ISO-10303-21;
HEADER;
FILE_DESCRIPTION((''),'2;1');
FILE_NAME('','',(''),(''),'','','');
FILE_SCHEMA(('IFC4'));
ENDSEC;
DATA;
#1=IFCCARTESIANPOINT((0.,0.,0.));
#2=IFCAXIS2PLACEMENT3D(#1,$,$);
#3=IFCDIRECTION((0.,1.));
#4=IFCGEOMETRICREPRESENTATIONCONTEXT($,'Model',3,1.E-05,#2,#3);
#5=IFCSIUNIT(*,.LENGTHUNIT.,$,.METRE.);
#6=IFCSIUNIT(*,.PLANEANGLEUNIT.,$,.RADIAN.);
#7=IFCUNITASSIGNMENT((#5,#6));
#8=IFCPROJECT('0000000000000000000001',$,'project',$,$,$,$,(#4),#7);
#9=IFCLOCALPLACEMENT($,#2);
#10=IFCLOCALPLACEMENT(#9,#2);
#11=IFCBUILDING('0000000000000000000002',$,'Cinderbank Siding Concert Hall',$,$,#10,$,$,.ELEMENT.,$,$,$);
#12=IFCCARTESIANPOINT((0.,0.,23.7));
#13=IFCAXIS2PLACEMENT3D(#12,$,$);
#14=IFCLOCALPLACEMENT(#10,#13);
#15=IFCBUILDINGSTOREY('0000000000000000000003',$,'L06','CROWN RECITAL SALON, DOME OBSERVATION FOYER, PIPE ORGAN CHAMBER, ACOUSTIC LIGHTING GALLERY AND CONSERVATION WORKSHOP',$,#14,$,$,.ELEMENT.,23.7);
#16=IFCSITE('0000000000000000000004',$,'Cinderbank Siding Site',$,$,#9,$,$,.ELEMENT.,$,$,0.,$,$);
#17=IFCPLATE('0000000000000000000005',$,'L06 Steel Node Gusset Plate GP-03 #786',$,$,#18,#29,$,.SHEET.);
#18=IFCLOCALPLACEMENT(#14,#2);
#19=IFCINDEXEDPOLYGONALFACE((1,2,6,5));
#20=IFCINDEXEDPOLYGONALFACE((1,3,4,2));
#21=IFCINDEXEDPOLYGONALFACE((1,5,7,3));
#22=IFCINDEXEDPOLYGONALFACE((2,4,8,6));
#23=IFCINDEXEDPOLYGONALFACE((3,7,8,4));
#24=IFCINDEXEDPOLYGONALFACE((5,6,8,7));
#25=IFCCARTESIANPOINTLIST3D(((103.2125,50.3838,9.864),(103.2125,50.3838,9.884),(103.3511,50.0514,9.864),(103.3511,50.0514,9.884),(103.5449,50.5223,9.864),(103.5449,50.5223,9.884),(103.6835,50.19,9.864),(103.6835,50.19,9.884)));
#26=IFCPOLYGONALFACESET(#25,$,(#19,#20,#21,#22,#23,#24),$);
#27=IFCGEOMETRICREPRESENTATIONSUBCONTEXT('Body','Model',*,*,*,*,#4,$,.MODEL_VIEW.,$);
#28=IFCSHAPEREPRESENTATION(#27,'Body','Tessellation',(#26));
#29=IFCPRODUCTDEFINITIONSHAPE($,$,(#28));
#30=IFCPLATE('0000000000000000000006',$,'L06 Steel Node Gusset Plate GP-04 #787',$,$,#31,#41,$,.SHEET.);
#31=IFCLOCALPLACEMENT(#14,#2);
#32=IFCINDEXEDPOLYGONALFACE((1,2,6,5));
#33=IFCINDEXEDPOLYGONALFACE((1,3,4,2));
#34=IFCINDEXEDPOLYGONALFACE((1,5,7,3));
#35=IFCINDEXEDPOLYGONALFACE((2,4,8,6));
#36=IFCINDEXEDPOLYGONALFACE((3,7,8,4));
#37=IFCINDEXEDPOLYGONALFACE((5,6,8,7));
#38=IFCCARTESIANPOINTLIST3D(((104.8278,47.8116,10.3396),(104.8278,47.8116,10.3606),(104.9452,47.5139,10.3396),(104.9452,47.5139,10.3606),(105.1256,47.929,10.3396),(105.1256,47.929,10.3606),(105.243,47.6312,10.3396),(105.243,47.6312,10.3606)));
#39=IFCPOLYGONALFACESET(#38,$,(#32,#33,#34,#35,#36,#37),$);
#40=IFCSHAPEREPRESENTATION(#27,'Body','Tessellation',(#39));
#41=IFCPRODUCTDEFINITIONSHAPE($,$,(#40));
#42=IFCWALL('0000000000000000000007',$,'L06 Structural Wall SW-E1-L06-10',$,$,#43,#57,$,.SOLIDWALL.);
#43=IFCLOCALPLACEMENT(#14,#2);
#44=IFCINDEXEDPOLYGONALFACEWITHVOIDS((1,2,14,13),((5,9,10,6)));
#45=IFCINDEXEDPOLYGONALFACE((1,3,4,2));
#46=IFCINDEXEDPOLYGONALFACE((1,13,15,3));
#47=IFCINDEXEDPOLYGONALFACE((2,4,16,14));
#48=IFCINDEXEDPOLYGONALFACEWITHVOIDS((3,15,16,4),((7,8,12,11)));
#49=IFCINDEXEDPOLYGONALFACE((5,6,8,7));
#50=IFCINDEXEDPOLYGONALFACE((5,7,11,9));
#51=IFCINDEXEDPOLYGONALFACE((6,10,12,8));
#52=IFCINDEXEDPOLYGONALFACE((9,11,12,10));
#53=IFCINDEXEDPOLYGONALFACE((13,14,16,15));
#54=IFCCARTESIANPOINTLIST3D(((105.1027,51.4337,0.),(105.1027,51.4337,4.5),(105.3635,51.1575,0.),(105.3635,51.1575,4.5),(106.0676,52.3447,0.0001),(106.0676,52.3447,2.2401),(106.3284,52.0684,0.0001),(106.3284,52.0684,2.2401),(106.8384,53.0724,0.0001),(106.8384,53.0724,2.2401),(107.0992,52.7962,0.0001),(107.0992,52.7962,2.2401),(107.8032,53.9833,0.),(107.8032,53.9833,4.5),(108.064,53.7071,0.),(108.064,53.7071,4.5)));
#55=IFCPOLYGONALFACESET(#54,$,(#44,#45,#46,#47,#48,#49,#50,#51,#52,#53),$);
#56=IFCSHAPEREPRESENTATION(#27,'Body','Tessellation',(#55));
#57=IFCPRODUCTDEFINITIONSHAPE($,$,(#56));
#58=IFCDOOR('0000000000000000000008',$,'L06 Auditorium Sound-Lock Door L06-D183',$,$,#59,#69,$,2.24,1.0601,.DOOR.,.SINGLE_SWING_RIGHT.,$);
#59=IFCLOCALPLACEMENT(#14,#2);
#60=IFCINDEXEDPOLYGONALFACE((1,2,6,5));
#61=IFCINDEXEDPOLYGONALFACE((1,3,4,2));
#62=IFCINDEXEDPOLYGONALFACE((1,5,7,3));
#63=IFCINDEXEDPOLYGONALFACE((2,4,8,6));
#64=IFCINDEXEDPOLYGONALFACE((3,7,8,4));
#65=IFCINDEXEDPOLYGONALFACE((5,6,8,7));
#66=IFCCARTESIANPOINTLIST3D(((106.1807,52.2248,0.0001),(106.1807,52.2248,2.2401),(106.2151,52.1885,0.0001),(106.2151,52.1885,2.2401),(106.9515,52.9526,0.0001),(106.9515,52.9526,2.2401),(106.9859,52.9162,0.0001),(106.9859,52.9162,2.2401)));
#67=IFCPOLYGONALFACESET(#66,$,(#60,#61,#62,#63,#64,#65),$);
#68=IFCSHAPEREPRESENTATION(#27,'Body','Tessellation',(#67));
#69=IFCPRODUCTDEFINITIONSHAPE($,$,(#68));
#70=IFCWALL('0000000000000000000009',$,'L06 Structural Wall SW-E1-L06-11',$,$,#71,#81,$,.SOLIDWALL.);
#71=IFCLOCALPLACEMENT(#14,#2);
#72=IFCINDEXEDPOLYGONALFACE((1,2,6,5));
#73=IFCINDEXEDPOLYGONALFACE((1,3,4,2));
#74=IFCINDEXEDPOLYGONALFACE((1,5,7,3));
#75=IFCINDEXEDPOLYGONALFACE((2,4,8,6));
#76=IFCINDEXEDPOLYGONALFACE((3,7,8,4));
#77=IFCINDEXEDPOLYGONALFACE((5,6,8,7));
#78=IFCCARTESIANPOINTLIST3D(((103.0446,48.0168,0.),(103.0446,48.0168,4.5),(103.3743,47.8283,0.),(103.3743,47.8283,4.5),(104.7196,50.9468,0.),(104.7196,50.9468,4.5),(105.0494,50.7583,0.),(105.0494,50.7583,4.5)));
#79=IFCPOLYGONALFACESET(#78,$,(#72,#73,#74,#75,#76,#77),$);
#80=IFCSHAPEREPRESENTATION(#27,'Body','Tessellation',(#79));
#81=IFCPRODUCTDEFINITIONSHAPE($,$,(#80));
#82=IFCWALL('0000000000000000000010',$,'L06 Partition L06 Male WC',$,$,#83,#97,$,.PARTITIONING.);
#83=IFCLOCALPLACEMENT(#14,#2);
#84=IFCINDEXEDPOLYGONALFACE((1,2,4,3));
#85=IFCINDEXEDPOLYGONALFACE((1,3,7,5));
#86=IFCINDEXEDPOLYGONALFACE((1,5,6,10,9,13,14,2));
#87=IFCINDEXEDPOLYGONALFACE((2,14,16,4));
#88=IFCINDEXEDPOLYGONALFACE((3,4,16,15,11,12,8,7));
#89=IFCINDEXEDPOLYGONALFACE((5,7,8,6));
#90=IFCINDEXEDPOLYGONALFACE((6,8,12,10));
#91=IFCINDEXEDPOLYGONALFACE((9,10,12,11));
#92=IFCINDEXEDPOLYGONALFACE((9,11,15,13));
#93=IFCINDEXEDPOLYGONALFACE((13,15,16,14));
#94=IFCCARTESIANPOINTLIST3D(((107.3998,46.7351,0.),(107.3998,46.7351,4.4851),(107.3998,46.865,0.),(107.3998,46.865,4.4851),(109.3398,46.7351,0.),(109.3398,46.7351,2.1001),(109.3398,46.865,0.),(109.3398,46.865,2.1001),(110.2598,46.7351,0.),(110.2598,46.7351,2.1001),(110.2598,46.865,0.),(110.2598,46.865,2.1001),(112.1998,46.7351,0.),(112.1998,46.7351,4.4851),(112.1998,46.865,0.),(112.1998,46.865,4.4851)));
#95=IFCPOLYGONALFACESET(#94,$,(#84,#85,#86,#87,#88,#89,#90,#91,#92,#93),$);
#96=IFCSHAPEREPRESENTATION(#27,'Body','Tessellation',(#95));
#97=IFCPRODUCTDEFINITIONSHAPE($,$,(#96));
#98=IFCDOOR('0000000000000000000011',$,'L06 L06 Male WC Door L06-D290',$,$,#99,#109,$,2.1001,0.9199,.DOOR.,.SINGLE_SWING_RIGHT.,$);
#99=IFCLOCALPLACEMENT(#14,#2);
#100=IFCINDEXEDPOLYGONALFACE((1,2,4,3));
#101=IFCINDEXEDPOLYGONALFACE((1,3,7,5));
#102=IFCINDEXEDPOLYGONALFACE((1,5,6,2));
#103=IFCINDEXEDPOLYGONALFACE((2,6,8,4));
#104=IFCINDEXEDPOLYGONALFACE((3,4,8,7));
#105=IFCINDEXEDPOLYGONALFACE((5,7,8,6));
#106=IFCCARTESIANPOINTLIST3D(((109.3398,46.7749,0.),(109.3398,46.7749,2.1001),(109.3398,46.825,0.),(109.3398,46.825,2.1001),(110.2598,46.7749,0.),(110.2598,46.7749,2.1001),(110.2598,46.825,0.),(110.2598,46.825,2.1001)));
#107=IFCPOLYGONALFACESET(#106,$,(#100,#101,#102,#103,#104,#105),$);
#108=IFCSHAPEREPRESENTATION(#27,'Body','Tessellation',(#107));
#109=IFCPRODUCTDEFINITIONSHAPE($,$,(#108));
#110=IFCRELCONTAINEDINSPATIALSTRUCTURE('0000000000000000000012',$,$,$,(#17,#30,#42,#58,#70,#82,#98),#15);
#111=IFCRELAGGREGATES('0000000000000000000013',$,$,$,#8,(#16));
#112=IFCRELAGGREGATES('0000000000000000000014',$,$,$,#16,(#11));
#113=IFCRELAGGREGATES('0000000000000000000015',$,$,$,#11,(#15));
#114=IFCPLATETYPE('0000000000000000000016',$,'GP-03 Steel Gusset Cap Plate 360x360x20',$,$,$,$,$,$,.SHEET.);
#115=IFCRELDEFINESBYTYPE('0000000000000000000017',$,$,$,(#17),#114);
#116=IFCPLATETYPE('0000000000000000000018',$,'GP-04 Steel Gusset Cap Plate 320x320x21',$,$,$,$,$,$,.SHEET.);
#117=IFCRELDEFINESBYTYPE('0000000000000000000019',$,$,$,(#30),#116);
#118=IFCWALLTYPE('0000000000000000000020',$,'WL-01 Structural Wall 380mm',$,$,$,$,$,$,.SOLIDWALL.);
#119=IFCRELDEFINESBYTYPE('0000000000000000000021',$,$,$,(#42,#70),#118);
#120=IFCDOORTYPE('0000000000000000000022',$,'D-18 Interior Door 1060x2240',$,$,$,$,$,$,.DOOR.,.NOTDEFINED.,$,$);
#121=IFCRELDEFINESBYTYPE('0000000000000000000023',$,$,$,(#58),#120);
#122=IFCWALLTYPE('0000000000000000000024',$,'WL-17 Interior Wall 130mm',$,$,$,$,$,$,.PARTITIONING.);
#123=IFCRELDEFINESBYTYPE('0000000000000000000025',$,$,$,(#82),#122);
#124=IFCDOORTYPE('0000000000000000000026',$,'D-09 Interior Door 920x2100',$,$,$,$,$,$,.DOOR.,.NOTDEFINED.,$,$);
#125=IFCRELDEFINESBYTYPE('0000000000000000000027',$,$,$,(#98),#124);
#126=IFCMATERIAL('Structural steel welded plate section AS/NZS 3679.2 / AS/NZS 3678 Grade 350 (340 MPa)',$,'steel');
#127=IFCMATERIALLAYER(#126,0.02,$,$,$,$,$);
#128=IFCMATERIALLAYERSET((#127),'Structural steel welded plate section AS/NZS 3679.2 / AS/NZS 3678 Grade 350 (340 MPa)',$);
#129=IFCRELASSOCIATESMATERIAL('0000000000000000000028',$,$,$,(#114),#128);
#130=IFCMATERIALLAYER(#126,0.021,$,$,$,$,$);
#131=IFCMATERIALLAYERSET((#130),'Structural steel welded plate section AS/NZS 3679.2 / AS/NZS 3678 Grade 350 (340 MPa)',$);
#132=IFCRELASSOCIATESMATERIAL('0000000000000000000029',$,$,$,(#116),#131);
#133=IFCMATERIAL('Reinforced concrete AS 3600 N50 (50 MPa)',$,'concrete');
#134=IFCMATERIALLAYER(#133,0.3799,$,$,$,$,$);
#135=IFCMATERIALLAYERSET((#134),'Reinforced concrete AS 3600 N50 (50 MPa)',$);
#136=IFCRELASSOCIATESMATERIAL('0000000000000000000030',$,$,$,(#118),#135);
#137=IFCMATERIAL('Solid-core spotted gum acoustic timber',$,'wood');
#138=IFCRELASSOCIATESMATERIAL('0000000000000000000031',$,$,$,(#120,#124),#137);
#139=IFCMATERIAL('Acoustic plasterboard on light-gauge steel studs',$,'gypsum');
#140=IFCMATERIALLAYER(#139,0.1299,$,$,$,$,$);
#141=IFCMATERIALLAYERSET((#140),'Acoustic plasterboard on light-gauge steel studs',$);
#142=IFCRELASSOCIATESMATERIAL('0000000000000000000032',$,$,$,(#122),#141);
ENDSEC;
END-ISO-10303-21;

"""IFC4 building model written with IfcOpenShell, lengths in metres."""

from ifc_helpers import new_model, si_unit, direction, frame, frame_2d, origin, origin_2d, place, context, subcontext, project, spatial, rectangle, extrude, material, layer, layer_set, type_object, element, fill, save


model = new_model("IFC4")

# Units and contexts
model_context = context("Model", 3, precision=1e-05, world=origin(), true_north=direction((0.0, 1.0)))
body_context = subcontext(model_context, "Body", "Model", "MODEL_VIEW")
ifc_project = project(units=[si_unit("LENGTHUNIT", "METRE"), si_unit("PLANEANGLEUNIT", "RADIAN")], contexts=[model_context])

# Site, building, storey
site_placement = place(None, origin())
site = spatial("IfcSite", under=ifc_project, at=site_placement, Name="Cinderbank Siding Site", CompositionType="ELEMENT", RefElevation=0.0)
building_placement = place(site_placement, origin())
building = spatial("IfcBuilding", under=site, at=building_placement, Name="Cinderbank Siding Concert Hall", CompositionType="ELEMENT")
storey_placement = place(building_placement, frame((0.0, 0.0, 23.7)))
storey = spatial("IfcBuildingStorey", under=building, at=storey_placement, Name="L06", Description="CROWN RECITAL SALON, DOME OBSERVATION FOYER, PIPE ORGAN CHAMBER, ACOUSTIC LIGHTING GALLERY AND CONSERVATION WORKSHOP", CompositionType="ELEMENT", Elevation=23.7)

# Shared definitions
ifc_material_1 = material(Name="Reinforced concrete AS 3600 N50 (50 MPa)", Category="concrete")

# Shared definitions
ifc_material_2 = material(Name="Structural steel welded plate section AS/NZS 3679.2 / AS/NZS 3678 Grade 350 (340 MPa)", Category="steel")

# Plates
ifc_layer_1 = layer(ifc_material_2, 0.02)
ifc_layer_set_1 = layer_set([ifc_layer_1], Name="Structural steel welded plate section AS/NZS 3679.2 / AS/NZS 3678 Grade 350 (340 MPa)")
plate_type_1 = type_object("IfcPlateType", Name="GP-03 Steel Gusset Cap Plate 360x360x20", PredefinedType="SHEET", material=ifc_layer_set_1)
plate_1_placement = place(storey_placement, frame((103.448, 50.2869, 9.864), z_axis=(0.0, 0.0, 1.0), x_axis=(0.923009, 0.384779, 0.0)))
element("IfcPlate", 1, at=plate_1_placement, inside=storey, type_object=plate_type_1, Name="L06 Steel Node Gusset Plate GP-03 #786", PredefinedType="SHEET", context=body_context, shape_type="SweptSolid", body=[
    extrude(rectangle(XDim=0.3601, YDim=0.3601, at=origin_2d()), origin(), (0.0, 0.0, 1.0), 0.02),
])
ifc_layer_2 = layer(ifc_material_2, 0.021)
ifc_layer_set_2 = layer_set([ifc_layer_2], Name="Structural steel welded plate section AS/NZS 3679.2 / AS/NZS 3678 Grade 350 (340 MPa)")
plate_type_2 = type_object("IfcPlateType", Name="GP-04 Steel Gusset Cap Plate 320x320x21", PredefinedType="SHEET", material=ifc_layer_set_2)
plate_2_placement = place(storey_placement, frame((105.0354, 47.7214, 10.3396), z_axis=(0.0, 0.0, 1.0), x_axis=(0.366664, -0.930354, 0.0)))
element("IfcPlate", 2, at=plate_2_placement, inside=storey, type_object=plate_type_2, Name="L06 Steel Node Gusset Plate GP-04 #787", PredefinedType="SHEET", context=body_context, shape_type="SweptSolid", body=[
    extrude(rectangle(XDim=0.3201, YDim=0.3201, at=origin_2d()), origin(), (0.0, 0.0, 1.0), 0.021),
])

# Wall, opening, door
ifc_layer_3 = layer(ifc_material_1, 0.3799)
ifc_layer_set_3 = layer_set([ifc_layer_3], Name="Reinforced concrete AS 3600 N50 (50 MPa)")
wall_type_1 = type_object("IfcWallType", Name="WL-01 Structural Wall 380mm", PredefinedType="SOLIDWALL", material=ifc_layer_set_3)
wall_1_placement = place(storey_placement, frame((107.9336, 53.8452, 0.0), z_axis=(0.0, 0.0, 1.0), x_axis=(-0.727128, -0.686502, 0.0)))
wall_1 = element("IfcWall", 3, at=wall_1_placement, inside=storey, type_object=wall_type_1, Name="L06 Structural Wall SW-E1-L06-10", PredefinedType="SOLIDWALL", context=body_context, shape_type="SweptSolid", body=[
    extrude(rectangle(XDim=3.7139, YDim=0.3799, at=frame_2d((1.8569, 0.0))), origin(), (0.0, 0.0, 1.0), 4.5),
])
opening_1_placement = place(wall_1_placement, frame((1.3269, 0.0, 0.0)))
opening_1 = element("IfcOpeningElement", 4, at=opening_1_placement, cuts=wall_1, PredefinedType="OPENING", context=body_context, shape_type="SweptSolid", body=[
    extrude(rectangle(XDim=1.0601, YDim=2.24, at=frame_2d((0.53, 1.1201))), frame((0.0, 0.2019, 0.0), z_axis=(0.0, -1.0, 0.0), x_axis=(1.0, 0.0, 0.0)), (0.0, 0.0, 1.0), 0.4038),
])
ifc_material_3 = material(Name="Solid-core spotted gum acoustic timber", Category="wood")
door_type_1 = type_object("IfcDoorType", Name="D-18 Interior Door 1060x2240", OperationType="NOTDEFINED", PredefinedType="DOOR", material=ifc_material_3)
door_1_placement = place(opening_1_placement, origin())
door_1 = element("IfcDoor", 5, at=door_1_placement, inside=storey, type_object=door_type_1, Name="L06 Auditorium Sound-Lock Door L06-D183", OperationType="SINGLE_SWING_RIGHT", OverallHeight=2.24, OverallWidth=1.0601, PredefinedType="DOOR", context=body_context, shape_type="SweptSolid", body=[
    extrude(rectangle(XDim=1.0601, YDim=2.24, at=frame_2d((0.53, 1.1201))), frame((0.0, 0.0249, 0.0), z_axis=(0.0, -1.0, 0.0), x_axis=(1.0, 0.0, 0.0)), (0.0, 0.0, 1.0), 0.05),
])
fill(opening_1, door_1)

# Wall
wall_2_placement = place(storey_placement, frame((104.8845, 50.8525, 0.0), z_axis=(0.0, 0.0, 1.0), x_axis=(-0.496318, -0.868141, 0.0)))
element("IfcWall", 6, at=wall_2_placement, inside=storey, type_object=wall_type_1, Name="L06 Structural Wall SW-E1-L06-11", PredefinedType="SOLIDWALL", context=body_context, shape_type="SweptSolid", body=[
    extrude(rectangle(XDim=3.375, YDim=0.3799, at=frame_2d((1.6875, 0.0))), origin(), (0.0, 0.0, 1.0), 4.5),
])

# Wall, opening, door
ifc_material_4 = material(Name="Acoustic plasterboard on light-gauge steel studs", Category="gypsum")
ifc_layer_4 = layer(ifc_material_4, 0.1299)
ifc_layer_set_4 = layer_set([ifc_layer_4], Name="Acoustic plasterboard on light-gauge steel studs")
wall_type_2 = type_object("IfcWallType", Name="WL-17 Interior Wall 130mm", PredefinedType="PARTITIONING", material=ifc_layer_set_4)
wall_3_placement = place(storey_placement, frame((107.3999, 46.8, 0.0), z_axis=(0.0, 0.0, 1.0), x_axis=(1.0, 0.0, 0.0)))
wall_3 = element("IfcWall", 7, at=wall_3_placement, inside=storey, type_object=wall_type_2, Name="L06 Partition L06 Male WC", PredefinedType="PARTITIONING", context=body_context, shape_type="SweptSolid", body=[
    extrude(rectangle(XDim=4.8, YDim=0.1299, at=frame_2d((2.3999, 0.0))), origin(), (0.0, 0.0, 1.0), 4.4851),
])
opening_2_placement = place(wall_3_placement, frame((1.9399, 0.0, 0.0)))
opening_2 = element("IfcOpeningElement", 8, at=opening_2_placement, cuts=wall_3, PredefinedType="OPENING", context=body_context, shape_type="SweptSolid", body=[
    extrude(rectangle(XDim=0.9199, YDim=2.1001, at=frame_2d((0.46, 1.05))), frame((0.0, 0.0769, 0.0), z_axis=(0.0, -1.0, 0.0), x_axis=(1.0, 0.0, 0.0)), (0.0, 0.0, 1.0), 0.1538),
])
door_type_2 = type_object("IfcDoorType", Name="D-09 Interior Door 920x2100", OperationType="NOTDEFINED", PredefinedType="DOOR", material=ifc_material_3)
door_2_placement = place(opening_2_placement, origin())
door_2 = element("IfcDoor", 9, at=door_2_placement, inside=storey, type_object=door_type_2, Name="L06 L06 Male WC Door L06-D290", OperationType="SINGLE_SWING_RIGHT", OverallHeight=2.1001, OverallWidth=0.9199, PredefinedType="DOOR", context=body_context, shape_type="SweptSolid", body=[
    extrude(rectangle(XDim=0.9199, YDim=2.1001, at=frame_2d((0.46, 1.05))), frame((0.0, 0.0249, 0.0), z_axis=(0.0, -1.0, 0.0), x_axis=(1.0, 0.0, 0.0)), (0.0, 0.0, 1.0), 0.05),
])
fill(opening_2, door_2)

save(model, "model.ifc")
